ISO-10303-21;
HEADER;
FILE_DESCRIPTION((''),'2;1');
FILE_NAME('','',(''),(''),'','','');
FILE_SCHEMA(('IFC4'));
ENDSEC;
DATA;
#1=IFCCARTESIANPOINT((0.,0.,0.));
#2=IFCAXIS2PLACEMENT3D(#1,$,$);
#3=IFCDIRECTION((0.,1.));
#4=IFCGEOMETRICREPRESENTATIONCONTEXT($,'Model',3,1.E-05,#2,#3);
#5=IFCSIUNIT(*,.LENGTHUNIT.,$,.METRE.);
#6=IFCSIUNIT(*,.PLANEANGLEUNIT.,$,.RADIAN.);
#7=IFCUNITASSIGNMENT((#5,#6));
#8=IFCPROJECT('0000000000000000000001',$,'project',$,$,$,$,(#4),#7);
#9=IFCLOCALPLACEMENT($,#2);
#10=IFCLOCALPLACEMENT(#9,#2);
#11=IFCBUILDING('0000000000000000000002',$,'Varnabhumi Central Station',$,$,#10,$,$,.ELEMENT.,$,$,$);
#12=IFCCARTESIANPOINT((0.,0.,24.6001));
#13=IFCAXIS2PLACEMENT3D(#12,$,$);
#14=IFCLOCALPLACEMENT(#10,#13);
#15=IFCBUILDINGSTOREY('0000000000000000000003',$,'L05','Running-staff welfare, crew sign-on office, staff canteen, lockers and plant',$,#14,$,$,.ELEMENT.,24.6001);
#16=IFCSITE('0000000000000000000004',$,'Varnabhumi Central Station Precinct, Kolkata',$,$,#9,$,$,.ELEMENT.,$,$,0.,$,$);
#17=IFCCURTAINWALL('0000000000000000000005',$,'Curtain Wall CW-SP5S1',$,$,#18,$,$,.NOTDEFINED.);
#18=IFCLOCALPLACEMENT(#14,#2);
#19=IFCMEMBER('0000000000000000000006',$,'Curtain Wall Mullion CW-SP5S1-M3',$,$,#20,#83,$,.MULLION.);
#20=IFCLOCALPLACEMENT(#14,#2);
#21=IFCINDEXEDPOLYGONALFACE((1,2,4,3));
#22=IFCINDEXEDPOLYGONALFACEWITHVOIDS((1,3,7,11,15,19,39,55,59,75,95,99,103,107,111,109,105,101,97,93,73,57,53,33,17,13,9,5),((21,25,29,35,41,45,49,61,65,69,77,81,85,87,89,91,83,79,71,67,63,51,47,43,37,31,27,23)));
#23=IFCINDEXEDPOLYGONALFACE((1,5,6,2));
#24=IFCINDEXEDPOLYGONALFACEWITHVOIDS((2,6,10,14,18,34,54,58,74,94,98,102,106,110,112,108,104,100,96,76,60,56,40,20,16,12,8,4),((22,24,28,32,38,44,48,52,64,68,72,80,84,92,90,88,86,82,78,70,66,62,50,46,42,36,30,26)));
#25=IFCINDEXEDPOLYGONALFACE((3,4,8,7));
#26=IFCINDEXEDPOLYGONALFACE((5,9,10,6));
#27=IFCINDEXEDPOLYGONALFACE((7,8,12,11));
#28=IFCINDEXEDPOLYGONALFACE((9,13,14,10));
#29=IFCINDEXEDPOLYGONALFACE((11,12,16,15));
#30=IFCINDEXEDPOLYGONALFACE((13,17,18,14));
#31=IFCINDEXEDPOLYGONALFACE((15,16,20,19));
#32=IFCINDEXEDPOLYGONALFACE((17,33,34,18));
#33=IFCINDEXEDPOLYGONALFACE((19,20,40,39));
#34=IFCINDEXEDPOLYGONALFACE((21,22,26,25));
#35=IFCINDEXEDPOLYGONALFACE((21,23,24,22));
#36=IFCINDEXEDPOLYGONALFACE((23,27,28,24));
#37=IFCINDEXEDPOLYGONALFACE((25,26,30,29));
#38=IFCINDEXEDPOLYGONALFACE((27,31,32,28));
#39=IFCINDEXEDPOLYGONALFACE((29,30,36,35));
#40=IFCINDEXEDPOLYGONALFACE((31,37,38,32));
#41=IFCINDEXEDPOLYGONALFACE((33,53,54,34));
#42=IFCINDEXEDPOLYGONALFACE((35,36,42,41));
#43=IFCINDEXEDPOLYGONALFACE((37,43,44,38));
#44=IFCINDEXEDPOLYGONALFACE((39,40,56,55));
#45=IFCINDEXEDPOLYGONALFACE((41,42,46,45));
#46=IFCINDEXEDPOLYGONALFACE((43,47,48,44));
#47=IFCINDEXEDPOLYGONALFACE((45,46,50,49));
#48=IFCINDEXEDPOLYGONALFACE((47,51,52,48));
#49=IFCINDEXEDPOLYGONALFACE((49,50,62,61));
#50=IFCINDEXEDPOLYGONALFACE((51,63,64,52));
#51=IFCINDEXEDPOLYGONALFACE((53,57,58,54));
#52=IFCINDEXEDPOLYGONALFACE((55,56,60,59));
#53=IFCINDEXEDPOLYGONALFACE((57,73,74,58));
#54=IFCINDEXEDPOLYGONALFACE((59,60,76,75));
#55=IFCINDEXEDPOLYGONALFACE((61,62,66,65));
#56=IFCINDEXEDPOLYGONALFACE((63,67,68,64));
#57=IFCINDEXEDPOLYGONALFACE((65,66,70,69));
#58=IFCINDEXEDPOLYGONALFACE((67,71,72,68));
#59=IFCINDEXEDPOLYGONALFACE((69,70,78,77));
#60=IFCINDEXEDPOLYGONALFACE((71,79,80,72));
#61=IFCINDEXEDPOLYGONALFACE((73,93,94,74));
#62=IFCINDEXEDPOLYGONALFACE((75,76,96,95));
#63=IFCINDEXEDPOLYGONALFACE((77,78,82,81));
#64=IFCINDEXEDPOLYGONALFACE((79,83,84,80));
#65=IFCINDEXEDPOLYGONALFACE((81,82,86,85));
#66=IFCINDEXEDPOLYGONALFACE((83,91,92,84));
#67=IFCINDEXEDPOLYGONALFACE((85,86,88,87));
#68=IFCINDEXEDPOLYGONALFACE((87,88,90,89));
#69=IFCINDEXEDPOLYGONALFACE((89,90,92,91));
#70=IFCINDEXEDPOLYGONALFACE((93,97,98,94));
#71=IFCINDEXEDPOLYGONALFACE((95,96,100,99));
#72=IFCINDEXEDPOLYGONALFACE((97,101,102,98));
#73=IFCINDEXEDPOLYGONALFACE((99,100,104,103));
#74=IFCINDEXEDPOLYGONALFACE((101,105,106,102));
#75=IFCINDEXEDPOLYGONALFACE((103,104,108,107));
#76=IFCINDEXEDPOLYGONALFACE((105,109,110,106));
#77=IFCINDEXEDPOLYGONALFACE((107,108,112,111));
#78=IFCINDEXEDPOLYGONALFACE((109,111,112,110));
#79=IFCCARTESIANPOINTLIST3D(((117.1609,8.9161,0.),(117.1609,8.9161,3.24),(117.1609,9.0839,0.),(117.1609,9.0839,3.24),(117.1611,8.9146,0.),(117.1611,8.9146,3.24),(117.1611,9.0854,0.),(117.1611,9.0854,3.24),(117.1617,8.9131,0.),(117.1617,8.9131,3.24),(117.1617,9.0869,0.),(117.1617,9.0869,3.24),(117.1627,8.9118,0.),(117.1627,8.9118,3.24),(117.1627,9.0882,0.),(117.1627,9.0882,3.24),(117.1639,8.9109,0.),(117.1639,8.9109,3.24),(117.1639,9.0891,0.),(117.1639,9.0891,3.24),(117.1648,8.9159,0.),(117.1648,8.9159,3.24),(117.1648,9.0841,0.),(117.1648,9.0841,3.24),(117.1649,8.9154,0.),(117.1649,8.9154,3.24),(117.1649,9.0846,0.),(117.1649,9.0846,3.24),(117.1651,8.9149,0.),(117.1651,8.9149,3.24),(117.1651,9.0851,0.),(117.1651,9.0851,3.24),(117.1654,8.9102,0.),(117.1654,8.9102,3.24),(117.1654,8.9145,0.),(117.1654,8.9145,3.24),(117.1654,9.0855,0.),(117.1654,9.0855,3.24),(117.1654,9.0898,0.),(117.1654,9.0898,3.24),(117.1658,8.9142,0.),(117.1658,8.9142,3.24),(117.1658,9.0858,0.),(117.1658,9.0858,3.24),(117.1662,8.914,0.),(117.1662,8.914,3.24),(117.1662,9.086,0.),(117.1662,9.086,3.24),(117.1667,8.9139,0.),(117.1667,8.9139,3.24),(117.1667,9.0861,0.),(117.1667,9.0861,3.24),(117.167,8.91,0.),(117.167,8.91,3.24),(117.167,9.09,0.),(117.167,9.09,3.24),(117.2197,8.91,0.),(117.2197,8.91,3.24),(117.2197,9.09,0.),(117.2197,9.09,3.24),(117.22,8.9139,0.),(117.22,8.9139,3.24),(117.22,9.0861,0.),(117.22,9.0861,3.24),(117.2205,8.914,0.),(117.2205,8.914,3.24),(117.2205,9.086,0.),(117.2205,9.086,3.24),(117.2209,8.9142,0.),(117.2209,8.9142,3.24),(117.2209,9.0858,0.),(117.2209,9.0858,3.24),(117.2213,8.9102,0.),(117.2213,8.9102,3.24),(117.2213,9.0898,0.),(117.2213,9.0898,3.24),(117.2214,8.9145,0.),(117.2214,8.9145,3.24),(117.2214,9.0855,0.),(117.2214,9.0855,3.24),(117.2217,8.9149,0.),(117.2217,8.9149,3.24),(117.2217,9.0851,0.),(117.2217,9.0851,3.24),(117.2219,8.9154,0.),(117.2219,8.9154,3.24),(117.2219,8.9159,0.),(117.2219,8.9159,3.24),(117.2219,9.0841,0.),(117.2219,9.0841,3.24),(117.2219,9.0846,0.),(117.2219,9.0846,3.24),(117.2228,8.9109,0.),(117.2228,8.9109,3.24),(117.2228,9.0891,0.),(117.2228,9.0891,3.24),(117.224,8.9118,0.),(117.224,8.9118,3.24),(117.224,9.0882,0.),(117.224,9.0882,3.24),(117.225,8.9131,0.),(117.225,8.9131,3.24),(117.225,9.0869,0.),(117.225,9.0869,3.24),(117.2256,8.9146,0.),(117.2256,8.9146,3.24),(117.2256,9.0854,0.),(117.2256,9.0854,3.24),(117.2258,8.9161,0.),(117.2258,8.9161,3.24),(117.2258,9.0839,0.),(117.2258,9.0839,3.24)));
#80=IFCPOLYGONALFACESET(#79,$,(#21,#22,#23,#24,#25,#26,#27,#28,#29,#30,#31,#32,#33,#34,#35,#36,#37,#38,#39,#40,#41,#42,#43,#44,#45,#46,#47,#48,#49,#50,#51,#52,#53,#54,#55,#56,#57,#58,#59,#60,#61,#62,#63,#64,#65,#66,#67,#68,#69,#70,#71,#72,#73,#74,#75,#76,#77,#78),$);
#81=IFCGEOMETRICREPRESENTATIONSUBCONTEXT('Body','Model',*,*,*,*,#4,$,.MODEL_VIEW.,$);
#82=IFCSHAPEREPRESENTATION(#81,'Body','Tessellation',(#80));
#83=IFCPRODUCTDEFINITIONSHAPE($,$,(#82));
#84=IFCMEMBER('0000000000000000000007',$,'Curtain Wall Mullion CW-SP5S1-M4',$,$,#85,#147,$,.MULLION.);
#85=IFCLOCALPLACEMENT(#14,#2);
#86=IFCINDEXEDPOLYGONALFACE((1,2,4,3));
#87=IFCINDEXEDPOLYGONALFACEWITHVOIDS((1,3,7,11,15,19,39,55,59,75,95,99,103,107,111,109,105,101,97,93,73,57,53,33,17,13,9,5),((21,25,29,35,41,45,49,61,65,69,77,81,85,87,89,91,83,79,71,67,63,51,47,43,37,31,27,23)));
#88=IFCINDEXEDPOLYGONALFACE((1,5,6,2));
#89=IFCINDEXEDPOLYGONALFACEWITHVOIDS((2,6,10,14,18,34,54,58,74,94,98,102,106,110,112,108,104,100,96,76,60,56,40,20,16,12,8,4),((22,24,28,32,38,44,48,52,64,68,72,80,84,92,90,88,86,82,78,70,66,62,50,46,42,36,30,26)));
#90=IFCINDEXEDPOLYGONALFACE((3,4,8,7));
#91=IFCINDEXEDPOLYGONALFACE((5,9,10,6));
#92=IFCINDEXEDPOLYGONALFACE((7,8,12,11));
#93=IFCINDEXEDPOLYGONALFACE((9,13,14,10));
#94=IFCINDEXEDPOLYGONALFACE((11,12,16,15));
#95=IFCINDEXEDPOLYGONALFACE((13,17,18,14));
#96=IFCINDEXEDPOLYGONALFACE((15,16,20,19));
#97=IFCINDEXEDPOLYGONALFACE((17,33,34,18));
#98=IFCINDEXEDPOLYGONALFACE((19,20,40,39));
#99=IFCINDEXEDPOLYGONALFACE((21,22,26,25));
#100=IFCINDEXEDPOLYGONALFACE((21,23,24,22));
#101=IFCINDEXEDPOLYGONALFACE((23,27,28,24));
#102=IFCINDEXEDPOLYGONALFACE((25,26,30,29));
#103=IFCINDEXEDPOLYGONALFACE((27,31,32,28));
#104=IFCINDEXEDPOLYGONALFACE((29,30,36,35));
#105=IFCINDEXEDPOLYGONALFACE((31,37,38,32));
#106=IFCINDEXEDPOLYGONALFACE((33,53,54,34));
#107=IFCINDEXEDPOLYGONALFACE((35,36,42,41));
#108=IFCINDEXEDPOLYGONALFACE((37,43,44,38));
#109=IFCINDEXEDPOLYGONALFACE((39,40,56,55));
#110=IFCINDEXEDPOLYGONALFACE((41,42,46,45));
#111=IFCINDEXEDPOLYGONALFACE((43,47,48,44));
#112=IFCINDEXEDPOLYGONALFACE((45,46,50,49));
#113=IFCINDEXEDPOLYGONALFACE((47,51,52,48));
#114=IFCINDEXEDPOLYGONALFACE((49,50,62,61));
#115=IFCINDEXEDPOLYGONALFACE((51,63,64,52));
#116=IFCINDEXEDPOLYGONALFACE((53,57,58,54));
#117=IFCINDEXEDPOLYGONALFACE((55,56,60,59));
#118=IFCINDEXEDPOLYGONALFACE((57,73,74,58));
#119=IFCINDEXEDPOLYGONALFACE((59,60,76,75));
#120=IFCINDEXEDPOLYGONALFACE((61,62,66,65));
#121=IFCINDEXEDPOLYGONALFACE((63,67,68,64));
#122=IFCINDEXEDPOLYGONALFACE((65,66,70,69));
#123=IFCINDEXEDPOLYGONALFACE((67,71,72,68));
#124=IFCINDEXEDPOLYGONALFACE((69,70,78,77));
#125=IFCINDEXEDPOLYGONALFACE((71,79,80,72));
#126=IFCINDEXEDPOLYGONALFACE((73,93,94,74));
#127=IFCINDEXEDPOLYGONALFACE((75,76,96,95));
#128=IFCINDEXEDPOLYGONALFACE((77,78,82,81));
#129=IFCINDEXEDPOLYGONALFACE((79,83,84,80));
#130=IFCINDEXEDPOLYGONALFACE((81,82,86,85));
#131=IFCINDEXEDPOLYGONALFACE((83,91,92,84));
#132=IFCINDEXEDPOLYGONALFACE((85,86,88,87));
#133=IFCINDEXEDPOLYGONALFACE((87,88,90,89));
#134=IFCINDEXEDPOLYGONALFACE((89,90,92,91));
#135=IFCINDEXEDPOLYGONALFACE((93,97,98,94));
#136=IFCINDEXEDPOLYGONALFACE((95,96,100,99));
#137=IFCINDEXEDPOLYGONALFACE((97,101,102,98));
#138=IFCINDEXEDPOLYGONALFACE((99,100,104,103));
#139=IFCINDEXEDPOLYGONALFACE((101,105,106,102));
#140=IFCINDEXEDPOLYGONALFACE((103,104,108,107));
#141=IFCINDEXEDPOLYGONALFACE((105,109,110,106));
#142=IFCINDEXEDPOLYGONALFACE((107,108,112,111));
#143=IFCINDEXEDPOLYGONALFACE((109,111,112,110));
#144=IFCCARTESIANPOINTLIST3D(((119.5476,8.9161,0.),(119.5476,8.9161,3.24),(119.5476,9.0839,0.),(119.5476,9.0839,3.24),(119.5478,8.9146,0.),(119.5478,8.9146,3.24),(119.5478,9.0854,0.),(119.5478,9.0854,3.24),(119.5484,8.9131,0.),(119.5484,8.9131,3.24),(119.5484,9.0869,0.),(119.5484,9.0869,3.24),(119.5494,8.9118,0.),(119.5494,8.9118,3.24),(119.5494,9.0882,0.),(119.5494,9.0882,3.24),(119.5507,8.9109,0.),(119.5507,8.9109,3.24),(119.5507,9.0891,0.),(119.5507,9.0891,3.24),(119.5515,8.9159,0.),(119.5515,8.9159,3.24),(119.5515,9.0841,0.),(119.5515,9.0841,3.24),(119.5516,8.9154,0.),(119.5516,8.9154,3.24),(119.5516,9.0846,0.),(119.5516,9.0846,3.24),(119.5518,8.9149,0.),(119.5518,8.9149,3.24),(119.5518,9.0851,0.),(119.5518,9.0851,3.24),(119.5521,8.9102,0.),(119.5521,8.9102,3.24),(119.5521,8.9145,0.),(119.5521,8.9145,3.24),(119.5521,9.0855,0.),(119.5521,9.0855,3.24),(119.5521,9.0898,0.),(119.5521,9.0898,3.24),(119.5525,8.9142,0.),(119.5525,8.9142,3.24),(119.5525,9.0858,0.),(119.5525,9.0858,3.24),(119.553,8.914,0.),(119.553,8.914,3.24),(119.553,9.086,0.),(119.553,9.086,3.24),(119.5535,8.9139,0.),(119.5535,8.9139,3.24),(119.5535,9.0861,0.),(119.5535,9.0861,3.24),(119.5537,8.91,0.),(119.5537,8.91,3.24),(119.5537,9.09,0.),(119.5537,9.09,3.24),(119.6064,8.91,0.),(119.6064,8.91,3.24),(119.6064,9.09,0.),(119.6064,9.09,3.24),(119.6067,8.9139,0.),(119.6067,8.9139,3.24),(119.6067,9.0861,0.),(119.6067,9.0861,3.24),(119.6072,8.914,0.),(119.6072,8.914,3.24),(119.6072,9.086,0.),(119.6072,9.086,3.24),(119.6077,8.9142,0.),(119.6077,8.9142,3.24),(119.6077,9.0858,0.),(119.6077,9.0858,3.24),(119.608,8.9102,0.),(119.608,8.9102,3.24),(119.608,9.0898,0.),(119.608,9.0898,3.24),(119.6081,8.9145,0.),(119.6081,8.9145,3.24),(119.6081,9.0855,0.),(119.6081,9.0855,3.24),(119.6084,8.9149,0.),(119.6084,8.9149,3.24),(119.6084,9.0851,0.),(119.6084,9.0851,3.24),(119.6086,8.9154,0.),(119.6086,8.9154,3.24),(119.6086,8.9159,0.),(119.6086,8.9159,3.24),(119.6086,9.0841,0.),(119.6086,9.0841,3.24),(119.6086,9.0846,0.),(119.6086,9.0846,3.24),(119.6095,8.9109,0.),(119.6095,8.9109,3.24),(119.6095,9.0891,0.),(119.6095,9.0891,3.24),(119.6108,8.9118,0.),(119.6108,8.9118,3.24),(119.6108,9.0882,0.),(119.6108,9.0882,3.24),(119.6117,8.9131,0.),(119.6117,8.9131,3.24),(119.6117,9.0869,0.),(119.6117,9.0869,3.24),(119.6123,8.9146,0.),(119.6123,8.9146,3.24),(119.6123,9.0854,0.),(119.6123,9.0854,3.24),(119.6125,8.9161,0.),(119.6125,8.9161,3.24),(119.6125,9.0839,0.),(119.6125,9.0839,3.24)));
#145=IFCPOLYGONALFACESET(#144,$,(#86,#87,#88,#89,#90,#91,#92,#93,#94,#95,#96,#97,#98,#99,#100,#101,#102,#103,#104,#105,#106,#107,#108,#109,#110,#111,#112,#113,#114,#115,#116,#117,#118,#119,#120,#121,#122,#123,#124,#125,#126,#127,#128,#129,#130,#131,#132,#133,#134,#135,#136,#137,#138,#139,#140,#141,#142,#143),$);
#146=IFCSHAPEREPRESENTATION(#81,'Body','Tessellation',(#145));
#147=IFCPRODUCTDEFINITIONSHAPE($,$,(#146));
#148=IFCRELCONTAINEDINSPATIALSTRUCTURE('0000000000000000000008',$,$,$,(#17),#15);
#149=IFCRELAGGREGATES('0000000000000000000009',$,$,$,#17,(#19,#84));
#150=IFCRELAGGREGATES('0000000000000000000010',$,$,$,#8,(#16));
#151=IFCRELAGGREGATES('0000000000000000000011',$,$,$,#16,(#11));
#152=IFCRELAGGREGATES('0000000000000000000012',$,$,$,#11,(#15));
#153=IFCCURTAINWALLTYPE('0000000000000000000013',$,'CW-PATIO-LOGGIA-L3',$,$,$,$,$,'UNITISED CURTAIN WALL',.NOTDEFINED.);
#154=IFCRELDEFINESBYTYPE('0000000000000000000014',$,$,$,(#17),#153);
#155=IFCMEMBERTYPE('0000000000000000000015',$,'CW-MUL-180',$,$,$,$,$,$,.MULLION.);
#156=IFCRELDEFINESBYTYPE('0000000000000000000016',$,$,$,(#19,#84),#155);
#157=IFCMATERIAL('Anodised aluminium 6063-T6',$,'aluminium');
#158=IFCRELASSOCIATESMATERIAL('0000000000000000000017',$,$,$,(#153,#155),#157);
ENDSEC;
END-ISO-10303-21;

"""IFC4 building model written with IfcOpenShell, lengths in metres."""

from ifc_helpers import new_model, si_unit, direction, frame, origin, origin_2d, place, context, subcontext, project, spatial, hollow_rectangle, extrude, material, material_profile, profile_set, type_object, element, aggregate, save


model = new_model("IFC4")

# Units and contexts
model_context = context("Model", 3, precision=1e-05, world=origin(), true_north=direction((0.0, 1.0)))
body_context = subcontext(model_context, "Body", "Model", "MODEL_VIEW")
ifc_project = project(units=[si_unit("LENGTHUNIT", "METRE"), si_unit("PLANEANGLEUNIT", "RADIAN")], contexts=[model_context])

# Site, building, storey
site_placement = place(None, origin())
site = spatial("IfcSite", under=ifc_project, at=site_placement, Name="Varnabhumi Central Station Precinct, Kolkata", CompositionType="ELEMENT", RefElevation=0.0)
building_placement = place(site_placement, origin())
building = spatial("IfcBuilding", under=site, at=building_placement, Name="Varnabhumi Central Station", CompositionType="ELEMENT")
storey_placement = place(building_placement, frame((0.0, 0.0, 24.6001)))
storey = spatial("IfcBuildingStorey", under=building, at=storey_placement, Name="L05", Description="Running-staff welfare, crew sign-on office, staff canteen, lockers and plant", CompositionType="ELEMENT", Elevation=24.6001)

# Curtain wall, members
ifc_material_1 = material(Name="Anodised aluminium 6063-T6", Category="aluminium")
curtain_wall_type = type_object("IfcCurtainWallType", Name="CW-PATIO-LOGGIA-L3", ElementType="UNITISED CURTAIN WALL", PredefinedType="NOTDEFINED", material=ifc_material_1)
ifc_material_profile_1 = material_profile(ifc_material_1, hollow_rectangle(XDim=0.0649, YDim=0.1799, WallThickness=0.0039, InnerFilletRadius=0.002, OuterFilletRadius=0.0061, at=origin_2d()), Name="Anodised aluminium 6063-T6", Category="aluminium")
ifc_profile_set_1 = profile_set([ifc_material_profile_1], Name="Anodised aluminium 6063-T6")
member_type_1 = type_object("IfcMemberType", Name="CW-MUL-180", PredefinedType="MULLION", material=ifc_profile_set_1)
curtain_wall_1_placement = place(storey_placement, origin())
curtain_wall_1 = element("IfcCurtainWall", 1, at=curtain_wall_1_placement, inside=storey, type_object=curtain_wall_type, Name="Curtain Wall CW-SP5S1", PredefinedType="NOTDEFINED")
member_1_placement = place(storey_placement, frame((117.1934, 9.0, 0.0), z_axis=(0.0, 0.0, 1.0), x_axis=(1.0, 0.0, 0.0)))
member_1 = element("IfcMember", 2, at=member_1_placement, type_object=member_type_1, Name="Curtain Wall Mullion CW-SP5S1-M3", PredefinedType="MULLION", context=body_context, shape_type="SweptSolid", body=[
    extrude(hollow_rectangle(XDim=0.0649, YDim=0.1799, WallThickness=0.0039, InnerFilletRadius=0.002, OuterFilletRadius=0.0061, at=origin_2d()), origin(), (0.0, 0.0, 1.0), 3.24),
])
member_2_placement = place(storey_placement, frame((119.5801, 9.0, 0.0), z_axis=(0.0, 0.0, 1.0), x_axis=(1.0, 0.0, 0.0)))
member_2 = element("IfcMember", 3, at=member_2_placement, type_object=member_type_1, Name="Curtain Wall Mullion CW-SP5S1-M4", PredefinedType="MULLION", context=body_context, shape_type="SweptSolid", body=[
    extrude(hollow_rectangle(XDim=0.0649, YDim=0.1799, WallThickness=0.0039, InnerFilletRadius=0.002, OuterFilletRadius=0.0061, at=origin_2d()), origin(), (0.0, 0.0, 1.0), 3.24),
])

aggregate(curtain_wall_1, [member_1, member_2])

save(model, "model.ifc")
